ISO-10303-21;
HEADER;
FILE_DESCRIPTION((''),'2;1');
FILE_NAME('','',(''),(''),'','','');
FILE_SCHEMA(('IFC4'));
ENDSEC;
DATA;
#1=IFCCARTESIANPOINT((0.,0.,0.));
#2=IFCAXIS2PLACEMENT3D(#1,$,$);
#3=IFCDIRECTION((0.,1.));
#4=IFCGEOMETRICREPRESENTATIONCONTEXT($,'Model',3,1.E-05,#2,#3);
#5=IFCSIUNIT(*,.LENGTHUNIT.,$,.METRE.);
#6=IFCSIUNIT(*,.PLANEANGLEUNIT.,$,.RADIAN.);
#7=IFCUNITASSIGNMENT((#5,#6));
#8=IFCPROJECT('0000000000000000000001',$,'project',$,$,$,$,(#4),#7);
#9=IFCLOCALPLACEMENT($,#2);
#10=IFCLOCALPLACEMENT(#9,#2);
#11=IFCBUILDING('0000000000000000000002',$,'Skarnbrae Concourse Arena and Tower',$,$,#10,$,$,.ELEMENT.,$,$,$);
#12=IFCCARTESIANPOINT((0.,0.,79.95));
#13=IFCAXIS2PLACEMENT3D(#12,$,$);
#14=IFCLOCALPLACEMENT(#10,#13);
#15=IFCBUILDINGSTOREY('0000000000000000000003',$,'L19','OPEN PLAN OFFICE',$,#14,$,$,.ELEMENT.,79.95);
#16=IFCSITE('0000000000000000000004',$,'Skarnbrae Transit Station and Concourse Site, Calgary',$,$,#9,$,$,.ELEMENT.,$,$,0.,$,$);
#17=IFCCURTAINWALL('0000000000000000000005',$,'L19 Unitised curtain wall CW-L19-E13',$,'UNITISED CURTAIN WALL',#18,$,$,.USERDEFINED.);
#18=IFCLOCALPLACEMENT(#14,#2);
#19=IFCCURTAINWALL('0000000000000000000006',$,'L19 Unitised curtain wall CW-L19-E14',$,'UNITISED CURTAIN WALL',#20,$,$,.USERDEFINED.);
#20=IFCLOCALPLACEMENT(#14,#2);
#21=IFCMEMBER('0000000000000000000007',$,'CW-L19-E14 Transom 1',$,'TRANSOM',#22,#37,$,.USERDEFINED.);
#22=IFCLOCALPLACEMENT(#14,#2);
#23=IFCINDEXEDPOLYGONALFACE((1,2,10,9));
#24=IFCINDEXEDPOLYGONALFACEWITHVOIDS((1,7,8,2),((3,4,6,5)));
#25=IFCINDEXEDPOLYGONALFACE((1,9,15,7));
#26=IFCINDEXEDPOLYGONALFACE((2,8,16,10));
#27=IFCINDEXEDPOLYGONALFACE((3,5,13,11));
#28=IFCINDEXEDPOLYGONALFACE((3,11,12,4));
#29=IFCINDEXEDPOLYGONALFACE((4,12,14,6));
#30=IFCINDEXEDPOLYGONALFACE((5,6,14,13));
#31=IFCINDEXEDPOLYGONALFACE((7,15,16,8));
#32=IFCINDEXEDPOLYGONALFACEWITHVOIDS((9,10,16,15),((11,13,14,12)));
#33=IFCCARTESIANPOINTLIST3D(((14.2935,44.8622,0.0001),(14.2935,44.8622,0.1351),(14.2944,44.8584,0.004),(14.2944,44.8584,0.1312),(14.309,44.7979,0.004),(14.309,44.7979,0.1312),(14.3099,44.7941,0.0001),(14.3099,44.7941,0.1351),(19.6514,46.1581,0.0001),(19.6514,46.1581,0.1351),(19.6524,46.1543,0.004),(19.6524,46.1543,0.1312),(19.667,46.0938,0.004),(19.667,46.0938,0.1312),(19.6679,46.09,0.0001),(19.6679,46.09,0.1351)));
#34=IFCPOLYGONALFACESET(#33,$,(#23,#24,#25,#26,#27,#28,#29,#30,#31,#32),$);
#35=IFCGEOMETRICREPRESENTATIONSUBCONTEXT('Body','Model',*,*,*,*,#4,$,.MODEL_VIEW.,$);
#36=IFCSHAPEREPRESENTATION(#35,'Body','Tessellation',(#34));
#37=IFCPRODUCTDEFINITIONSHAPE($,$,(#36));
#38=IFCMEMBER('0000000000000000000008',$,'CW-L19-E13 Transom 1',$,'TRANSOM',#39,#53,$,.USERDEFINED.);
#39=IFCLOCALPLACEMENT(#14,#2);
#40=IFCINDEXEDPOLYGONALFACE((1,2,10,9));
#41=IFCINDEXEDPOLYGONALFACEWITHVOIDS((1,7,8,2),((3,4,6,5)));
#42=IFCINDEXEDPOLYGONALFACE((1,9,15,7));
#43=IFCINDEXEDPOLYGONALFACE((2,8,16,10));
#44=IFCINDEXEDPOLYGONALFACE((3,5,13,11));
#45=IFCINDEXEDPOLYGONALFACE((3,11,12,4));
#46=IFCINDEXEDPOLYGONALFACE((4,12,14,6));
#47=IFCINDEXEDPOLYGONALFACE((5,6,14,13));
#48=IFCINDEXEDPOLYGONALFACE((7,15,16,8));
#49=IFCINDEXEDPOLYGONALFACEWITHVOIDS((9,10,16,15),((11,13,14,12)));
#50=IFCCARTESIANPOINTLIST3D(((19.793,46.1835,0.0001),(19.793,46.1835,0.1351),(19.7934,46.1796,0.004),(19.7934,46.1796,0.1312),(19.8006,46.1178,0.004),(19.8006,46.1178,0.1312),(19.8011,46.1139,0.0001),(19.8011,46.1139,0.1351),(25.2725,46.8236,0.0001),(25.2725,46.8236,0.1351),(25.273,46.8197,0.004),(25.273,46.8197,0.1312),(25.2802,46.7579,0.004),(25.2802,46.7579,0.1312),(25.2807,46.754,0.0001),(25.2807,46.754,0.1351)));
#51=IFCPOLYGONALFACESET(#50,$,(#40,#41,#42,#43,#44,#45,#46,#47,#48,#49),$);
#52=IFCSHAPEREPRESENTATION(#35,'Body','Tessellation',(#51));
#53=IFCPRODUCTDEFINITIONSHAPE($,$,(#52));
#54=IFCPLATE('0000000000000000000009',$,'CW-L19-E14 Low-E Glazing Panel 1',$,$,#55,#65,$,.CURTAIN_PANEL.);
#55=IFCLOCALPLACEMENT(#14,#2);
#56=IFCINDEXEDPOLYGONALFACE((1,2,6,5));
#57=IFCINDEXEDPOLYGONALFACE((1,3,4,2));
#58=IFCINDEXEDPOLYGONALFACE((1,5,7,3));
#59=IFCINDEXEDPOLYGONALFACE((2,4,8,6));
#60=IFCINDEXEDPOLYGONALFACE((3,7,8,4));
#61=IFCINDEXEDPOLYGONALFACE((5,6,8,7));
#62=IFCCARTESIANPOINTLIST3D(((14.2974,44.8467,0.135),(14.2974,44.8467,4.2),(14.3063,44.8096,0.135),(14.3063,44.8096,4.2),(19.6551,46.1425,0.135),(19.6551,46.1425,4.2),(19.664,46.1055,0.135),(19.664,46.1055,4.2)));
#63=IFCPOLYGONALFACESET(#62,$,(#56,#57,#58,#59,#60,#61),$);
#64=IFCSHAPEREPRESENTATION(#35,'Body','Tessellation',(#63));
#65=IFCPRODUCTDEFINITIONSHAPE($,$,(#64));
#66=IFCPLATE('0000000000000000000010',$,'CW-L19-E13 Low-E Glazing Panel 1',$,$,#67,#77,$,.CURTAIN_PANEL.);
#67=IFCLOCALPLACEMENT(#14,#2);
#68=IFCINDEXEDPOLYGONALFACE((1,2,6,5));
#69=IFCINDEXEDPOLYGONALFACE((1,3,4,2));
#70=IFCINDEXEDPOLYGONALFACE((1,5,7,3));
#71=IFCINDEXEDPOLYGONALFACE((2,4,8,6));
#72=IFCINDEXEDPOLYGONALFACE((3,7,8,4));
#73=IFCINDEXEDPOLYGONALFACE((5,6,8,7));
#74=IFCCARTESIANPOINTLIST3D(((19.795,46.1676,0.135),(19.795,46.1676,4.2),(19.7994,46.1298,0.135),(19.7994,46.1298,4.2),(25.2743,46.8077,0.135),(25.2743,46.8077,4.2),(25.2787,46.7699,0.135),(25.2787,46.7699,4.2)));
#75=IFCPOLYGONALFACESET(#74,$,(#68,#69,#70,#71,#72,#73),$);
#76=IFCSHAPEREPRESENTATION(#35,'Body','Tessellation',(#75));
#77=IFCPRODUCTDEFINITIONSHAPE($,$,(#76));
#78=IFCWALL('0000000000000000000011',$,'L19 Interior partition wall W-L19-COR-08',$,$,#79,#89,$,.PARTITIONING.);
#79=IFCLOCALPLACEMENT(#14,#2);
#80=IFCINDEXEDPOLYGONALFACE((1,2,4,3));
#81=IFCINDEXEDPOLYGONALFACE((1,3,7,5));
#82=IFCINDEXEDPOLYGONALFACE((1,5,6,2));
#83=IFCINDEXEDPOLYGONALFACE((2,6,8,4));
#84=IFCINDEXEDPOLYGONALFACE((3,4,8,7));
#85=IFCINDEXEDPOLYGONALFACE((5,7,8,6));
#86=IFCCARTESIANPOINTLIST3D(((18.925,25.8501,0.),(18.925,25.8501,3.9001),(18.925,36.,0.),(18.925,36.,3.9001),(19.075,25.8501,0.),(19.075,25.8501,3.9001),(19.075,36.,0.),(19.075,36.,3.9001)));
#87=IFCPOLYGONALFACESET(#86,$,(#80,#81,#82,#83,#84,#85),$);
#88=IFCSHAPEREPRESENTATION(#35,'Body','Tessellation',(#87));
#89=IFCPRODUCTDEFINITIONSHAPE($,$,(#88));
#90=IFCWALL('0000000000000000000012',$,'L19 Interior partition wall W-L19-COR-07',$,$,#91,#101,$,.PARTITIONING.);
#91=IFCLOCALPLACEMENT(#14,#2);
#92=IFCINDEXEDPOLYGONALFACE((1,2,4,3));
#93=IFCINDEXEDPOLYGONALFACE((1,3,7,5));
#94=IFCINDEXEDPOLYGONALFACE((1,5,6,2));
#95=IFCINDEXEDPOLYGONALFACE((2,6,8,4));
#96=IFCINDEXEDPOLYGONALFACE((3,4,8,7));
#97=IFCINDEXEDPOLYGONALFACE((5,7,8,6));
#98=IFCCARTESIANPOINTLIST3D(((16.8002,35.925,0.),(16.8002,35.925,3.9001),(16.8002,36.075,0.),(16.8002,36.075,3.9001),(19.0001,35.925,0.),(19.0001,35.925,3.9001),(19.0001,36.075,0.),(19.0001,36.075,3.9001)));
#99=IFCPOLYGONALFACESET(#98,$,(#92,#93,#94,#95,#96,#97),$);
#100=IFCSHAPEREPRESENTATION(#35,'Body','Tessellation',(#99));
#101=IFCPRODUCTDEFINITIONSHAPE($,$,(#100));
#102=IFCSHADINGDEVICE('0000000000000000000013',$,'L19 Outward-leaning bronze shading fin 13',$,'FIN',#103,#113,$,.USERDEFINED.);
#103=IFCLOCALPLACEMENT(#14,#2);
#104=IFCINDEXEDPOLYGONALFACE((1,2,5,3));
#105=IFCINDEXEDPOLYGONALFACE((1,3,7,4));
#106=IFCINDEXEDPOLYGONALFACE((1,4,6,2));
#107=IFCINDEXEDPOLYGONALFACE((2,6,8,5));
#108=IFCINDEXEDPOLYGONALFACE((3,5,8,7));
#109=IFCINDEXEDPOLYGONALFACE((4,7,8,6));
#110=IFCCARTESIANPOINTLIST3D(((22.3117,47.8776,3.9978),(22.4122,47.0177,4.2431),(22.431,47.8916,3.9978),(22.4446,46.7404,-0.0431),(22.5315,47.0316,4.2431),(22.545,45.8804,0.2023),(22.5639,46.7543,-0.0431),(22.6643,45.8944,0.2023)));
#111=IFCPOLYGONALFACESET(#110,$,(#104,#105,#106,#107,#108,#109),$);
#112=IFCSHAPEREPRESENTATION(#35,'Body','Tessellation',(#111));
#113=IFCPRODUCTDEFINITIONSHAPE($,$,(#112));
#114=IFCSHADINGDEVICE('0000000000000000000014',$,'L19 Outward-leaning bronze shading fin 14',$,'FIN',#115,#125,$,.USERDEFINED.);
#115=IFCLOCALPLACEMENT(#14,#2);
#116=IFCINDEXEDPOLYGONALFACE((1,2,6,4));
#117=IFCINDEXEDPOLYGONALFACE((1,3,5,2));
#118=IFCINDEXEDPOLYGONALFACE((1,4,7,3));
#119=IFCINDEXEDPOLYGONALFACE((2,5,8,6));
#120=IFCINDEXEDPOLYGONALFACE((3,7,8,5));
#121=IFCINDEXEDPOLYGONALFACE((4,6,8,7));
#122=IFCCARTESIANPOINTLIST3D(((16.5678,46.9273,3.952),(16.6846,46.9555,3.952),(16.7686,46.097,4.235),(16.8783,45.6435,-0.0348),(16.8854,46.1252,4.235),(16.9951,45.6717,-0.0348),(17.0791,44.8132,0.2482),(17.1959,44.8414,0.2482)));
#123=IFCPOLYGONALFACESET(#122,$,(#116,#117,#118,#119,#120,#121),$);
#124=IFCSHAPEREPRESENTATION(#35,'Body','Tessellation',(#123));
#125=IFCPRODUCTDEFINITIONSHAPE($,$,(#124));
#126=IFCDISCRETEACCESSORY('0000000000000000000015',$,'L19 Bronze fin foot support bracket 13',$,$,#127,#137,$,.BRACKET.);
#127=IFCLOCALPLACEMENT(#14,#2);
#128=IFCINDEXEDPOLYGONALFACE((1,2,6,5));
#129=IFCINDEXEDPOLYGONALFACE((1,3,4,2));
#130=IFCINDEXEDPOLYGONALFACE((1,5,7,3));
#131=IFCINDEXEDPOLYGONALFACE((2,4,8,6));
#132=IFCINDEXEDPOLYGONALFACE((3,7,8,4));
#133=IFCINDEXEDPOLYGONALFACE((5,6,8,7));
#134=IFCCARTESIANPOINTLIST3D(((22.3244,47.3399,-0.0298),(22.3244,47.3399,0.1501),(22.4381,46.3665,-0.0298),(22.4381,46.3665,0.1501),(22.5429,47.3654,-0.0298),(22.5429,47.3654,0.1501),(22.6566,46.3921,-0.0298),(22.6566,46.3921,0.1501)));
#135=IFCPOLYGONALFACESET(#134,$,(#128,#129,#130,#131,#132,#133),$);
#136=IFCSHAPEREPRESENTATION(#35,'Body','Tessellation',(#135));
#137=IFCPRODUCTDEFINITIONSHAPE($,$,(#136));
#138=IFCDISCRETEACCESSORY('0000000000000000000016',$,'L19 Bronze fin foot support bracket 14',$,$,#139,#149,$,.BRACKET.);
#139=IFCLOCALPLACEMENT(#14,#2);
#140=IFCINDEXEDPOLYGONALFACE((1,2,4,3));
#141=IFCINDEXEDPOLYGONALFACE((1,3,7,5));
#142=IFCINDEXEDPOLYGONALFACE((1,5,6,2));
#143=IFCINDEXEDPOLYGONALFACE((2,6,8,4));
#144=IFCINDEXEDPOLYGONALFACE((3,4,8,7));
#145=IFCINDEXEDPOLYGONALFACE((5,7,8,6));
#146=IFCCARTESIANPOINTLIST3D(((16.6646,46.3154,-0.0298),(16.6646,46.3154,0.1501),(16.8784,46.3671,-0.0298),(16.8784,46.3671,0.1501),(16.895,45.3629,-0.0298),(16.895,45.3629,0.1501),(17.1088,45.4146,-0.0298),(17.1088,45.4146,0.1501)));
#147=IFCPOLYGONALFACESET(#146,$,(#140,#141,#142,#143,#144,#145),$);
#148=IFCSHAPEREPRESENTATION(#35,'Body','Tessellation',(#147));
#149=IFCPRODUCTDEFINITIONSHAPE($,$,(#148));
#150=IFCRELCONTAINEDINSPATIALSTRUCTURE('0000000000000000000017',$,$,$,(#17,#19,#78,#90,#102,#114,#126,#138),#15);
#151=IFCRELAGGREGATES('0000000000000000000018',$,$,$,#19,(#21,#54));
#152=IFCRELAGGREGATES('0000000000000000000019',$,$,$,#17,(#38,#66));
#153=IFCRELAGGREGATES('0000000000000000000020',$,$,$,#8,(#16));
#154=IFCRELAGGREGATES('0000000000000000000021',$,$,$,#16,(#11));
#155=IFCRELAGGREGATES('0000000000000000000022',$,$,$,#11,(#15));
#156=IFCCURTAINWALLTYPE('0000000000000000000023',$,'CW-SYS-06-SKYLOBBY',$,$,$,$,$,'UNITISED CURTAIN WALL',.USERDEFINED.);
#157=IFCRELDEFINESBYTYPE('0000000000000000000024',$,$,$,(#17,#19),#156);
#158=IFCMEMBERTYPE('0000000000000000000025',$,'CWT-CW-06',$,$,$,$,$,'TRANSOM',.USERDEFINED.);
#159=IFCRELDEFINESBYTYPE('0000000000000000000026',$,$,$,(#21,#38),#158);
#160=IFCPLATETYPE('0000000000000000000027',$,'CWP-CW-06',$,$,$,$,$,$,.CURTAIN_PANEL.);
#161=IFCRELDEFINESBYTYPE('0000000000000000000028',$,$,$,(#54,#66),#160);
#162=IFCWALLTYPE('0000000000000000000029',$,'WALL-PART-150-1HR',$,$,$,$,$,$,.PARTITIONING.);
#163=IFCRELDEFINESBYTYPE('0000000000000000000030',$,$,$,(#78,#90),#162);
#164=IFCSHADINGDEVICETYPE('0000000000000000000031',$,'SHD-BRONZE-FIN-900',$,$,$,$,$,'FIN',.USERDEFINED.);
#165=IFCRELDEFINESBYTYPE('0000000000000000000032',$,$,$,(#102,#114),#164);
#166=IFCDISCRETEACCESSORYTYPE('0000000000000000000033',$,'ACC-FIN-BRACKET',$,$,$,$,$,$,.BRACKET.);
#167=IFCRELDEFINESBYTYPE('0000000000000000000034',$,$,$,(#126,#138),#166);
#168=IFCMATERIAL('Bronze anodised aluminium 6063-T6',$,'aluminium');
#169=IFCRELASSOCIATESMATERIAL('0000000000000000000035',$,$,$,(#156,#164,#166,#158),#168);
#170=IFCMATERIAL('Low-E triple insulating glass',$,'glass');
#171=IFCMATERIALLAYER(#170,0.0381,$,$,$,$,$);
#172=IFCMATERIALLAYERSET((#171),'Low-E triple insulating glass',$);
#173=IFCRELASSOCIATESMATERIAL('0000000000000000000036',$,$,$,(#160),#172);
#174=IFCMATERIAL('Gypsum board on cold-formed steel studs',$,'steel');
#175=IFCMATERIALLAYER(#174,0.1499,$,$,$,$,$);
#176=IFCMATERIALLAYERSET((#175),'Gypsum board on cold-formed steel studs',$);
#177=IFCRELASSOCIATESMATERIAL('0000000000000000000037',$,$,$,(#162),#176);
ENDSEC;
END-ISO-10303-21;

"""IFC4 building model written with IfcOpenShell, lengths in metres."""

from ifc_helpers import new_model, si_unit, direction, frame, frame_2d, origin, origin_2d, place, context, subcontext, project, spatial, rectangle, hollow_rectangle, extrude, source, transform, mapped, material, layer, layer_set, material_profile, profile_set, type_object, element, aggregate, save


model = new_model("IFC4")

# Units and contexts
model_context = context("Model", 3, precision=1e-05, world=origin(), true_north=direction((0.0, 1.0)))
body_context = subcontext(model_context, "Body", "Model", "MODEL_VIEW")
ifc_project = project(units=[si_unit("LENGTHUNIT", "METRE"), si_unit("PLANEANGLEUNIT", "RADIAN")], contexts=[model_context])

# Site, building, storey
site_placement = place(None, origin())
site = spatial("IfcSite", under=ifc_project, at=site_placement, Name="Skarnbrae Transit Station and Concourse Site, Calgary", CompositionType="ELEMENT", RefElevation=0.0)
building_placement = place(site_placement, origin())
building = spatial("IfcBuilding", under=site, at=building_placement, Name="Skarnbrae Concourse Arena and Tower", CompositionType="ELEMENT")
storey_placement = place(building_placement, frame((0.0, 0.0, 79.95)))
storey = spatial("IfcBuildingStorey", under=building, at=storey_placement, Name="L19", Description="OPEN PLAN OFFICE", CompositionType="ELEMENT", Elevation=79.95)

# Shared definitions
ifc_material_1 = material(Name="Bronze anodised aluminium 6063-T6", Category="aluminium")
curtain_wall_type = type_object("IfcCurtainWallType", Name="CW-SYS-06-SKYLOBBY", ElementType="UNITISED CURTAIN WALL", PredefinedType="USERDEFINED", material=ifc_material_1)

# Curtain walls, member
curtain_wall_1_placement = place(storey_placement, origin())
curtain_wall_1 = element("IfcCurtainWall", 1, at=curtain_wall_1_placement, inside=storey, type_object=curtain_wall_type, Name="L19 Unitised curtain wall CW-L19-E13", ObjectType="UNITISED CURTAIN WALL", PredefinedType="USERDEFINED")
curtain_wall_2_placement = place(storey_placement, origin())
curtain_wall_2 = element("IfcCurtainWall", 2, at=curtain_wall_2_placement, inside=storey, type_object=curtain_wall_type, Name="L19 Unitised curtain wall CW-L19-E14", ObjectType="UNITISED CURTAIN WALL", PredefinedType="USERDEFINED")
ifc_material_profile_1 = material_profile(ifc_material_1, hollow_rectangle(XDim=0.0701, YDim=0.135, WallThickness=0.0039, at=origin_2d()), Name="ALU-TRAN-70X135")
ifc_profile_set_1 = profile_set([ifc_material_profile_1], Name="Bronze anodised aluminium 6063-T6")
member_type_1 = type_object("IfcMemberType", Name="CWT-CW-06", ElementType="TRANSOM", PredefinedType="USERDEFINED", material=ifc_profile_set_1)
shared_shape_1 = source(origin(), body_context, "Body", "SweptSolid", [
    extrude(hollow_rectangle(XDim=0.0701, YDim=0.135, WallThickness=0.0039, at=origin_2d()), origin(), (0.0, 0.0, 1.0), 5.5125),
])
member_1_placement = place(storey_placement, frame((19.6597, 46.124, 0.0676), z_axis=(-0.971974, -0.235088, 0.0), x_axis=(0.235088, -0.971974, 0.0)))
member_1 = element("IfcMember", 3, at=member_1_placement, type_object=member_type_1, Name="CW-L19-E14 Transom 1", ObjectType="TRANSOM", PredefinedType="USERDEFINED", context=body_context, shape_type="MappedRepresentation", body=[
    mapped(shared_shape_1, transform((0.0, 0.0, 0.0))),
])

# Member
shared_shape_2 = source(origin(), body_context, "Body", "SweptSolid", [
    extrude(hollow_rectangle(XDim=0.0701, YDim=0.135, WallThickness=0.0039, at=origin_2d()), origin(), (0.0, 0.0, 1.0), 5.5168),
])
member_2_placement = place(storey_placement, frame((25.2766, 46.7888, 0.0676), z_axis=(-0.993245, -0.116035, 0.0), x_axis=(0.116035, -0.993245, 0.0)))
member_2 = element("IfcMember", 4, at=member_2_placement, type_object=member_type_1, Name="CW-L19-E13 Transom 1", ObjectType="TRANSOM", PredefinedType="USERDEFINED", context=body_context, shape_type="MappedRepresentation", body=[
    mapped(shared_shape_2, transform((0.0, 0.0, 0.0))),
])

# Plates
ifc_material_2 = material(Name="Low-E triple insulating glass", Category="glass")
ifc_layer_1 = layer(ifc_material_2, 0.0381)
ifc_layer_set_1 = layer_set([ifc_layer_1], Name="Low-E triple insulating glass")
plate_type = type_object("IfcPlateType", Name="CWP-CW-06", PredefinedType="CURTAIN_PANEL", material=ifc_layer_set_1)
shared_shape_3 = source(origin(), body_context, "Body", "SweptSolid", [
    extrude(rectangle(XDim=5.5122, YDim=0.0381, at=origin_2d()), origin(), (0.0, 0.0, 1.0), 4.0649),
])
plate_1_placement = place(storey_placement, frame((16.9807, 45.4761, 0.135), z_axis=(0.0, 0.0, 1.0), x_axis=(-0.971974, -0.23509, 0.0)))
plate_1 = element("IfcPlate", 5, at=plate_1_placement, type_object=plate_type, Name="CW-L19-E14 Low-E Glazing Panel 1", PredefinedType="CURTAIN_PANEL", context=body_context, shape_type="MappedRepresentation", body=[
    mapped(shared_shape_3, transform((0.0, 0.0, 0.0))),
])
aggregate(curtain_wall_2, [member_1, plate_1])
shared_shape_4 = source(origin(), body_context, "Body", "SweptSolid", [
    extrude(rectangle(XDim=5.5166, YDim=0.0381, at=origin_2d()), origin(), (0.0, 0.0, 1.0), 4.0649),
])
plate_2_placement = place(storey_placement, frame((22.5369, 46.4688, 0.135), z_axis=(0.0, 0.0, 1.0), x_axis=(-0.993245, -0.11604, 0.0)))
plate_2 = element("IfcPlate", 6, at=plate_2_placement, type_object=plate_type, Name="CW-L19-E13 Low-E Glazing Panel 1", PredefinedType="CURTAIN_PANEL", context=body_context, shape_type="MappedRepresentation", body=[
    mapped(shared_shape_4, transform((0.0, 0.0, 0.0))),
])
aggregate(curtain_wall_1, [member_2, plate_2])

# Walls
ifc_material_3 = material(Name="Gypsum board on cold-formed steel studs", Category="steel")
ifc_layer_2 = layer(ifc_material_3, 0.1499)
ifc_layer_set_2 = layer_set([ifc_layer_2], Name="Gypsum board on cold-formed steel studs")
wall_type = type_object("IfcWallType", Name="WALL-PART-150-1HR", PredefinedType="PARTITIONING", material=ifc_layer_set_2)
shared_shape_5 = source(origin(), body_context, "Body", "SweptSolid", [
    extrude(rectangle(XDim=10.1499, YDim=0.1499, at=frame_2d((5.075, 0.0))), origin(), (0.0, 0.0, 1.0), 3.9001),
])
wall_1_placement = place(storey_placement, frame((19.0, 36.0, 0.0), z_axis=(0.0, 0.0, 1.0), x_axis=(0.0, -1.0, 0.0)))
element("IfcWall", 7, at=wall_1_placement, inside=storey, type_object=wall_type, Name="L19 Interior partition wall W-L19-COR-08", PredefinedType="PARTITIONING", context=body_context, shape_type="MappedRepresentation", body=[
    mapped(shared_shape_5, transform((0.0, 0.0, 0.0))),
])
shared_shape_6 = source(origin(), body_context, "Body", "SweptSolid", [
    extrude(rectangle(XDim=2.2, YDim=0.1499, at=frame_2d((1.1001, 0.0))), origin(), (0.0, 0.0, 1.0), 3.9001),
])
wall_2_placement = place(storey_placement, frame((16.8, 36.0, 0.0), z_axis=(0.0, 0.0, 1.0), x_axis=(1.0, 0.0, 0.0)))
element("IfcWall", 8, at=wall_2_placement, inside=storey, type_object=wall_type, Name="L19 Interior partition wall W-L19-COR-07", PredefinedType="PARTITIONING", context=body_context, shape_type="MappedRepresentation", body=[
    mapped(shared_shape_6, transform((0.0, 0.0, 0.0))),
])

# Shading devices
shading_device_type = type_object("IfcShadingDeviceType", Name="SHD-BRONZE-FIN-900", ElementType="FIN", PredefinedType="USERDEFINED", material=ifc_material_1)
shared_shape_7 = source(origin(), body_context, "Body", "SweptSolid", [
    extrude(rectangle(XDim=0.1201, YDim=0.8999, at=origin_2d()), origin(), (0.0, 0.0, 1.0), 4.2),
])
for number, where, z_axis, x_axis, name in (
    (9, (22.5544, 46.3174, 0.0796), (-0.031636, 0.270774, 0.962123), (0.993244, 0.116047, 0.0), "L19 Outward-leaning bronze shading fin 13"),
    (10, (17.0371, 45.2424, 0.1067), (-0.073934, 0.305675, 0.949261), (0.971973, 0.235091, 0.0), "L19 Outward-leaning bronze shading fin 14"),
):
    element("IfcShadingDevice", number, at=place(storey_placement, frame(where, z_axis=z_axis, x_axis=x_axis)), inside=storey, type_object=shading_device_type, Name=name, ObjectType="FIN", PredefinedType="USERDEFINED", context=body_context, shape_type="MappedRepresentation", body=[
        mapped(shared_shape_7, transform((0.0, 0.0, 0.0))),
    ])

# Discrete accessories
discrete_accessory_type = type_object("IfcDiscreteAccessoryType", Name="ACC-FIN-BRACKET", PredefinedType="BRACKET", material=ifc_material_1)
shared_shape_8 = source(origin(), body_context, "Body", "SweptSolid", [
    extrude(rectangle(XDim=0.22, YDim=0.98, at=origin_2d()), origin(), (0.0, 0.0, 1.0), 0.1799),
])
for number, where, z_axis, x_axis, name in (
    (11, (22.4905, 46.866, -0.0298), (0.0, 0.0, 1.0), (0.993244, 0.116047, 0.0), "L19 Bronze fin foot support bracket 13"),
    (12, (16.8867, 45.865, -0.0298), (0.0, 0.0, 1.0), (0.971973, 0.235091, 0.0), "L19 Bronze fin foot support bracket 14"),
):
    element("IfcDiscreteAccessory", number, at=place(storey_placement, frame(where, z_axis=z_axis, x_axis=x_axis)), inside=storey, type_object=discrete_accessory_type, Name=name, PredefinedType="BRACKET", context=body_context, shape_type="MappedRepresentation", body=[
        mapped(shared_shape_8, transform((0.0, 0.0, 0.0))),
    ])

save(model, "model.ifc")
